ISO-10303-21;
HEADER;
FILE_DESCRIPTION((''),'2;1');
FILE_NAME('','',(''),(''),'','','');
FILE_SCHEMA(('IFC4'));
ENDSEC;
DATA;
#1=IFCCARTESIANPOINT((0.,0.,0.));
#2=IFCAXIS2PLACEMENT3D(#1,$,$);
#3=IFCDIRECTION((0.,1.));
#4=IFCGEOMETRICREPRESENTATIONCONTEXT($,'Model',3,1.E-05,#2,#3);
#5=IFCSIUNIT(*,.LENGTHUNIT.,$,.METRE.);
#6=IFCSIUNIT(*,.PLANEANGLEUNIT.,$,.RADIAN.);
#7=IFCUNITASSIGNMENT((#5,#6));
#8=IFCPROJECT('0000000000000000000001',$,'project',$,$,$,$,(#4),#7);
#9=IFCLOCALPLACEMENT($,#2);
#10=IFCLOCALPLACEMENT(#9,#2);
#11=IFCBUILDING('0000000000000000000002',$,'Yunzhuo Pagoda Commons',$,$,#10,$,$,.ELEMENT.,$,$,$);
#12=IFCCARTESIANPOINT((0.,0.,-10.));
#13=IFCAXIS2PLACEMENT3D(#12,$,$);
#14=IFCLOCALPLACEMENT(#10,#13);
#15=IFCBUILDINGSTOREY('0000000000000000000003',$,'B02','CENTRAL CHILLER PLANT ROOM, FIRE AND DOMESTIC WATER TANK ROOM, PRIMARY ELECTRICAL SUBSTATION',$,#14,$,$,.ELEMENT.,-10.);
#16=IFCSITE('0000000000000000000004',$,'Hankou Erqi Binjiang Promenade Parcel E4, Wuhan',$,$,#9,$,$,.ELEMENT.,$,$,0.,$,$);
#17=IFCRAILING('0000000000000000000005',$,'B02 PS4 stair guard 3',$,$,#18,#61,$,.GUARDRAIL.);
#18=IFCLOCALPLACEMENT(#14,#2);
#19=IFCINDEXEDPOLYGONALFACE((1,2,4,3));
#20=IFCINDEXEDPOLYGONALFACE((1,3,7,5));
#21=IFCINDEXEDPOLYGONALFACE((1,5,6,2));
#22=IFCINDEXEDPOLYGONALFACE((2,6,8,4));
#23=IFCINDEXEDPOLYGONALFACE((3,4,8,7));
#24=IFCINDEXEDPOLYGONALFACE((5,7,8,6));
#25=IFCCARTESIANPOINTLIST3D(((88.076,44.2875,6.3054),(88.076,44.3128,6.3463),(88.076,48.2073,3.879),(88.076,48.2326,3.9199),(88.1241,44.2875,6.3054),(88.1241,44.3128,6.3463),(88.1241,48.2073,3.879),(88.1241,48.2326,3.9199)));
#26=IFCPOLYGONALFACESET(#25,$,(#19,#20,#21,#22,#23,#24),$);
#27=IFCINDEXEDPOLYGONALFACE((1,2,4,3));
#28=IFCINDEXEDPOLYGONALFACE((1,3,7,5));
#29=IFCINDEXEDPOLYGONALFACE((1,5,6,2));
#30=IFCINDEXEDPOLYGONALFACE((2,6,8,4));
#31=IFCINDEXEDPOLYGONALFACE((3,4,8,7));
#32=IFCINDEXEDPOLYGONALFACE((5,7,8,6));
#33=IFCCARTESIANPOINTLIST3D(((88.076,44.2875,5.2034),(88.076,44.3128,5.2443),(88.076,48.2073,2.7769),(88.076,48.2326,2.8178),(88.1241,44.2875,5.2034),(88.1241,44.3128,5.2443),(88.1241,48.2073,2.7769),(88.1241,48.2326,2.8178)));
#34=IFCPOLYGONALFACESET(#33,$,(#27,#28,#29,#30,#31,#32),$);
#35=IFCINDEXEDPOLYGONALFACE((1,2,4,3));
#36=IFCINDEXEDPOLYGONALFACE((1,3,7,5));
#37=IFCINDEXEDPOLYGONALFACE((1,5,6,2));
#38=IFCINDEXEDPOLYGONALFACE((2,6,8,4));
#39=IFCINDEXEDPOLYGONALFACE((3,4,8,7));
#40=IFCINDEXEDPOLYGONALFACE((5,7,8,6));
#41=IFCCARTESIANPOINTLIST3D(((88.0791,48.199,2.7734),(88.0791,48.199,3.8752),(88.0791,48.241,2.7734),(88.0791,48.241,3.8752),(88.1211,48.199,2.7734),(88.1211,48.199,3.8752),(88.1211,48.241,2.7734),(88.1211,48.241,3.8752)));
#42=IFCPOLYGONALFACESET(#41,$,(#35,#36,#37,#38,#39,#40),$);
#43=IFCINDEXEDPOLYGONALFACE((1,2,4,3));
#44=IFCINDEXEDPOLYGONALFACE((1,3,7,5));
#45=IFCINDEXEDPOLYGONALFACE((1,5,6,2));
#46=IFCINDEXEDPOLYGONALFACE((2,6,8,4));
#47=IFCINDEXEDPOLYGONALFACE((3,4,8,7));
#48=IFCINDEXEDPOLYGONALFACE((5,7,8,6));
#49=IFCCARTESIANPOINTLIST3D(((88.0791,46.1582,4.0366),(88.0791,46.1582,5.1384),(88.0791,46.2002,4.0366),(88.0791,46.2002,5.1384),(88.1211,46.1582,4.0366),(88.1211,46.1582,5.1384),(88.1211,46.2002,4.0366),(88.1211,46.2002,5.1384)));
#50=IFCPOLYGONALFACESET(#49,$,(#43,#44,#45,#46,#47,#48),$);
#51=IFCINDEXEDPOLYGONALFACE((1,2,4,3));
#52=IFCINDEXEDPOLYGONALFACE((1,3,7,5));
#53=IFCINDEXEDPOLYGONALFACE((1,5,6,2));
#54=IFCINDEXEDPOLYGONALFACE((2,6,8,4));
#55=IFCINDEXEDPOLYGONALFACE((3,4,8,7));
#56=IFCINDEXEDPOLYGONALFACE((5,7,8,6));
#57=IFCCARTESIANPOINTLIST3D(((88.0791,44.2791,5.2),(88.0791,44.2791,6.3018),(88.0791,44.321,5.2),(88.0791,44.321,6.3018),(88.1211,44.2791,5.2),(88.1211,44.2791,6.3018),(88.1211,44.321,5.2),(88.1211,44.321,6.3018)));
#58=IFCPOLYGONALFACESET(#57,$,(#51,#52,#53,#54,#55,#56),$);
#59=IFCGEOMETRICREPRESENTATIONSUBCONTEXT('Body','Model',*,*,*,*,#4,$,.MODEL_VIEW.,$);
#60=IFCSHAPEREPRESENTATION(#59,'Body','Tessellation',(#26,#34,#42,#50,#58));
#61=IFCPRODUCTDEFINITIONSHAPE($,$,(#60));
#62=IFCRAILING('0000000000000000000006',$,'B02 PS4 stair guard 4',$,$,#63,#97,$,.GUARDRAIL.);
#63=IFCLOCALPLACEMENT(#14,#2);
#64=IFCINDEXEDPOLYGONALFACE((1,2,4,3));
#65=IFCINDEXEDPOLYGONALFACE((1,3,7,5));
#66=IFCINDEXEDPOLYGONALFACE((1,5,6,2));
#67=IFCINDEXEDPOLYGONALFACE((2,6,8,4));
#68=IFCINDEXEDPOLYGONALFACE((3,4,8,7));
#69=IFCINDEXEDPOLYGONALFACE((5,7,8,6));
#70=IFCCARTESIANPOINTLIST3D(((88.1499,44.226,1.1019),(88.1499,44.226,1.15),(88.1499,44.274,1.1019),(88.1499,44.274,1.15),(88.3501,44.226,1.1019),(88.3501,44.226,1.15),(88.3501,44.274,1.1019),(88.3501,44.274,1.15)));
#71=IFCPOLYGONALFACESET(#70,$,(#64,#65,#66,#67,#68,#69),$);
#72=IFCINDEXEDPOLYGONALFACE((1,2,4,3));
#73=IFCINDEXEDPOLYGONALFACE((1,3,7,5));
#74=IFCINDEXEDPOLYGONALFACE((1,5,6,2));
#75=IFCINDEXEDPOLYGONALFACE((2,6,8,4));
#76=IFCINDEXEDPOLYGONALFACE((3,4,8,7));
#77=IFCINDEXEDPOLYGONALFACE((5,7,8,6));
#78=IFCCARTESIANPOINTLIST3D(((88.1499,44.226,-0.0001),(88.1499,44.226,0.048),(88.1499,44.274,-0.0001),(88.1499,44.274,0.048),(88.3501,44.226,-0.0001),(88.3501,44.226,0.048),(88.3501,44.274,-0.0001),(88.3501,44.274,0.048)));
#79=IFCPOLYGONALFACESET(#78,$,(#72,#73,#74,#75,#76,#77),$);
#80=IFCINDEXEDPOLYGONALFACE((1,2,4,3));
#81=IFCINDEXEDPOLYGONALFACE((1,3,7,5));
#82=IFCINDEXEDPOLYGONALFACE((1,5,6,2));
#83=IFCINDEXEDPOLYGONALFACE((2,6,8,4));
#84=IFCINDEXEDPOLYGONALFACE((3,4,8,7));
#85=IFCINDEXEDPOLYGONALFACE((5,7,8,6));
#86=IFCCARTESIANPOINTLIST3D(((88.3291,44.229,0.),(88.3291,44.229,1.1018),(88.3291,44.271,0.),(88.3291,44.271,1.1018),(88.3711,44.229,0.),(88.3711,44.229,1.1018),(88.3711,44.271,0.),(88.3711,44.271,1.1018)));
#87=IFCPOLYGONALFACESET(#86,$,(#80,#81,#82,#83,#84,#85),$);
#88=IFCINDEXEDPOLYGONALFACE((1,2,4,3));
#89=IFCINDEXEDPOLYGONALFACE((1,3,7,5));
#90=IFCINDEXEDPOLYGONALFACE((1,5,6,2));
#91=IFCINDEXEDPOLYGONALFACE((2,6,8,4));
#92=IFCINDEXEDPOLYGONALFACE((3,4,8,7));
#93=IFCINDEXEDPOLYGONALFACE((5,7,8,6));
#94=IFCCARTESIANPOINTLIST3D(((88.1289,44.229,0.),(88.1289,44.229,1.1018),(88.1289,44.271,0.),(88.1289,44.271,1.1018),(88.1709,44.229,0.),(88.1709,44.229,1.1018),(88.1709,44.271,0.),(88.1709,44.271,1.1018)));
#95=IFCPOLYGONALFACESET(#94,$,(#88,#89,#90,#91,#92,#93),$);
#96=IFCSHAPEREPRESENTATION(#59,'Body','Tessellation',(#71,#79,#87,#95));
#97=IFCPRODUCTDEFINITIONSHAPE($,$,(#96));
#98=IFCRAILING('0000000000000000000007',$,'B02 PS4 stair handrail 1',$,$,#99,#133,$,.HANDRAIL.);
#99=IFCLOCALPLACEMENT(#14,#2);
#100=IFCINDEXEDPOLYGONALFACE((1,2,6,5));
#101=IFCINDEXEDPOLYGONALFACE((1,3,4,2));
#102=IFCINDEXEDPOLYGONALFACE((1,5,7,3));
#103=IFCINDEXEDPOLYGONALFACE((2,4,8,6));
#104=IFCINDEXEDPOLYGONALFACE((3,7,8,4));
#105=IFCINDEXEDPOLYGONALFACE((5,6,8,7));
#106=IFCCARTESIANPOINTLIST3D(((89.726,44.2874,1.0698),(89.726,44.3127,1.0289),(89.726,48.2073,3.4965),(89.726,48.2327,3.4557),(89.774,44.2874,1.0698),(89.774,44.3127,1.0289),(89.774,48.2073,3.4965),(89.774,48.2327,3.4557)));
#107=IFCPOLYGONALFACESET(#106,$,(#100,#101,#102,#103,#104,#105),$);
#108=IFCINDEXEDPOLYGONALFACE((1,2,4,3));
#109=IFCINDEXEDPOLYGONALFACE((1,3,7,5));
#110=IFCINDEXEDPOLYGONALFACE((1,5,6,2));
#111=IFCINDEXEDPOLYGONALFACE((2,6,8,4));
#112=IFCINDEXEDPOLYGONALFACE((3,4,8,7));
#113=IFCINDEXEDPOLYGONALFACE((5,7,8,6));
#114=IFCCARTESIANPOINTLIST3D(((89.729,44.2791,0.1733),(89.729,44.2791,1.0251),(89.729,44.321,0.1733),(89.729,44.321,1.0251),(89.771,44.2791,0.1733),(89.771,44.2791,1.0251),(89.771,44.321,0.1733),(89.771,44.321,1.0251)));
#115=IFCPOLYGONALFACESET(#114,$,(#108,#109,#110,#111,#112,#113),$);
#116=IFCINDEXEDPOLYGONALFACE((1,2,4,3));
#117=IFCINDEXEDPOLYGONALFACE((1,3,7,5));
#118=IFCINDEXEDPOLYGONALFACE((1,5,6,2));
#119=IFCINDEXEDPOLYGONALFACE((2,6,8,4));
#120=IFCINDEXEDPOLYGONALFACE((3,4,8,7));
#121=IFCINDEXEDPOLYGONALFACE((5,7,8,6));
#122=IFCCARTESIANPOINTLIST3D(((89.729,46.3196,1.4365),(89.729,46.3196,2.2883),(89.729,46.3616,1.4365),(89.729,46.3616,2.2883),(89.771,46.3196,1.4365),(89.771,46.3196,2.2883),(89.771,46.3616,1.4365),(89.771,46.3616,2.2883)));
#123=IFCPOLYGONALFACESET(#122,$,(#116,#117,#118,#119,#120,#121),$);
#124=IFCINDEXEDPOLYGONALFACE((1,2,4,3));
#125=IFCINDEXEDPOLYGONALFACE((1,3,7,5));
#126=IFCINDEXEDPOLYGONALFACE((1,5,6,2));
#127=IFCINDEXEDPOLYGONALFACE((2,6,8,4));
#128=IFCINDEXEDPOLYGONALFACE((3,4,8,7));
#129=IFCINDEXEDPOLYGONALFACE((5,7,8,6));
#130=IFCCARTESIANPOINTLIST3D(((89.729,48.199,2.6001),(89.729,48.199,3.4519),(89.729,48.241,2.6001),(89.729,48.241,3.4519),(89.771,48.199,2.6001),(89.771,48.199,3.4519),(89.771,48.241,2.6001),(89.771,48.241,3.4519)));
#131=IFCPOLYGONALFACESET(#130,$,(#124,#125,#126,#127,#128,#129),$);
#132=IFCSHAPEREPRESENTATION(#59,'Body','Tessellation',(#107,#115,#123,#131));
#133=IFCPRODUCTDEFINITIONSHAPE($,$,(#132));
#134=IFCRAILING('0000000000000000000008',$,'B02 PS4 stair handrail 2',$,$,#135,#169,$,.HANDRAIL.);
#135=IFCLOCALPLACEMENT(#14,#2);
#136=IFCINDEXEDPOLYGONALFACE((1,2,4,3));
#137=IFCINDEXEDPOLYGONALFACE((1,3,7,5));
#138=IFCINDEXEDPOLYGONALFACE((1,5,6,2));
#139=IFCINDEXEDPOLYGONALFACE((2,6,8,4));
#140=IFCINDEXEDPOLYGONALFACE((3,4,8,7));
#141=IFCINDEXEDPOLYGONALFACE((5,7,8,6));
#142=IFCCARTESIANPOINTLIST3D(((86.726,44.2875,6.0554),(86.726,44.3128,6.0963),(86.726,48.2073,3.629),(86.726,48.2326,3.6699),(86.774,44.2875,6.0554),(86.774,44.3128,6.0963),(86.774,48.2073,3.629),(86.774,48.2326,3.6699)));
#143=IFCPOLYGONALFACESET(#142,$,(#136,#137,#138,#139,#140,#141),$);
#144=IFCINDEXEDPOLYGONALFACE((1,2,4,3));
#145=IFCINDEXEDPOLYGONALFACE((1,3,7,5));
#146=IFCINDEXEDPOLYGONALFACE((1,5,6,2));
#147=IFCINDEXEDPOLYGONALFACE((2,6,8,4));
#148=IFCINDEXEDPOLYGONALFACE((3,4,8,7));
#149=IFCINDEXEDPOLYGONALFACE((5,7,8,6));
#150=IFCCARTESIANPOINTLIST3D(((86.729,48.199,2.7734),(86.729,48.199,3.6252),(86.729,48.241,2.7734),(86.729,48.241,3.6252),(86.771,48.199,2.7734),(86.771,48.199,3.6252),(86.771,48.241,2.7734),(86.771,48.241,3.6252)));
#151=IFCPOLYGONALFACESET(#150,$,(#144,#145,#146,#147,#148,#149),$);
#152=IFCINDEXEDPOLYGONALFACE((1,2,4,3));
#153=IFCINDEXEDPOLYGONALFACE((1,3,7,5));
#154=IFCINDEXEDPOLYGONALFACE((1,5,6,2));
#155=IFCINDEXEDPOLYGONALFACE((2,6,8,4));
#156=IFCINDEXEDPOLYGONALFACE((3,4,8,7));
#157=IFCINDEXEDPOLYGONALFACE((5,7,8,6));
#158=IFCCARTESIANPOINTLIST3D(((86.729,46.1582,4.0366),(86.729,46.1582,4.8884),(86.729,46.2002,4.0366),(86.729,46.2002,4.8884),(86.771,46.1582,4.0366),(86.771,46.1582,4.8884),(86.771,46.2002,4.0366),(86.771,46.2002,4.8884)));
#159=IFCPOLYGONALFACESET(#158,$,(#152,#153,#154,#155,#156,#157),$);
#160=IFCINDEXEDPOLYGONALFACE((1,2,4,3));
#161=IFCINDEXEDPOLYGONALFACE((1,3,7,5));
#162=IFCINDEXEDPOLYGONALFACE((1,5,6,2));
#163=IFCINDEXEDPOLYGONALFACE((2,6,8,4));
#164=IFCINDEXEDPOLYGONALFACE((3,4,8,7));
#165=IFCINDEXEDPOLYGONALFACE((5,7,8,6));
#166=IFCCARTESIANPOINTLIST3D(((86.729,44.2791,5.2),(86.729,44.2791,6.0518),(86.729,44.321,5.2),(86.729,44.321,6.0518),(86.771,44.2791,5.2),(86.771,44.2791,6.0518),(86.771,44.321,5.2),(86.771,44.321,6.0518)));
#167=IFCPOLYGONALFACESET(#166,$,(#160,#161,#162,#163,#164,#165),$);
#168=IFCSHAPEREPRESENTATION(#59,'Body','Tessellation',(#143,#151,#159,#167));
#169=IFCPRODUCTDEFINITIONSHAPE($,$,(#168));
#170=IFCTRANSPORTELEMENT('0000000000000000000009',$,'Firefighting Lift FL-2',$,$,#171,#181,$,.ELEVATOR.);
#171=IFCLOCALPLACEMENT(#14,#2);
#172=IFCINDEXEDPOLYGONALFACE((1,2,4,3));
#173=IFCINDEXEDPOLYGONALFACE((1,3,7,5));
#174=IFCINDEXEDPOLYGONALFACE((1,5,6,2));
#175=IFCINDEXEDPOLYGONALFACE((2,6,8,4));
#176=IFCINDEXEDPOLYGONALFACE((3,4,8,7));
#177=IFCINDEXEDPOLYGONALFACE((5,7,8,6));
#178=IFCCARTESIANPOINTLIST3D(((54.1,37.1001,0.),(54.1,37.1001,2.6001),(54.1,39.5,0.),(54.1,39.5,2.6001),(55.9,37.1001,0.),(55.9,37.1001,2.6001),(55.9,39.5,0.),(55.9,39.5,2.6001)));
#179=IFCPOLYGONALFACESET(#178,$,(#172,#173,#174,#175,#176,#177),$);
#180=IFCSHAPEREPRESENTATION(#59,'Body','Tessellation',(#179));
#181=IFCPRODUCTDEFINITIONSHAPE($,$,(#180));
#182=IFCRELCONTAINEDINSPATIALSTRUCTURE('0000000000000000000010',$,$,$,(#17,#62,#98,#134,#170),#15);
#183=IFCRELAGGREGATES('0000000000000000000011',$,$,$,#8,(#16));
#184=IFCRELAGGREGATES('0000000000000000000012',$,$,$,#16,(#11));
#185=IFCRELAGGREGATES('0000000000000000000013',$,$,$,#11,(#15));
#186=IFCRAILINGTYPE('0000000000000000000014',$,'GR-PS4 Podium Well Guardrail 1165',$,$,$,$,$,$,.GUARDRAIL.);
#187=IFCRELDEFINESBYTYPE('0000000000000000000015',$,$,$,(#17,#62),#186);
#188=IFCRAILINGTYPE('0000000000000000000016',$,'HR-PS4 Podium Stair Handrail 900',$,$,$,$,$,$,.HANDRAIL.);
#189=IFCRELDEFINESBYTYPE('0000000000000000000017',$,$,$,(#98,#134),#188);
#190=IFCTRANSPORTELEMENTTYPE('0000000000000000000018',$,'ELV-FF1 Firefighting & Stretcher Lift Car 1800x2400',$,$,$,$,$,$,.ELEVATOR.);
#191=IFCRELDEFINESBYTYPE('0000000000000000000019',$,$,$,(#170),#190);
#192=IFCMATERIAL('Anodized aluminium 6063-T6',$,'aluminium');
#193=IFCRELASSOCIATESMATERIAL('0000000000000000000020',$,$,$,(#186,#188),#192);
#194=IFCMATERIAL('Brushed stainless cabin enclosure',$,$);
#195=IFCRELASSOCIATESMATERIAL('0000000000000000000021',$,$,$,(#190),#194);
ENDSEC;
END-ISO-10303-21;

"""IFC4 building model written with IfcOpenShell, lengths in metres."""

from ifc_helpers import new_model, si_unit, direction, frame, origin, origin_2d, place, context, subcontext, project, spatial, rectangle, extrude, source, transform, mapped, material, type_object, element, save


model = new_model("IFC4")

# Units and contexts
model_context = context("Model", 3, precision=1e-05, world=origin(), true_north=direction((0.0, 1.0)))
body_context = subcontext(model_context, "Body", "Model", "MODEL_VIEW")
ifc_project = project(units=[si_unit("LENGTHUNIT", "METRE"), si_unit("PLANEANGLEUNIT", "RADIAN")], contexts=[model_context])

# Site, building, storey
site_placement = place(None, origin())
site = spatial("IfcSite", under=ifc_project, at=site_placement, Name="Hankou Erqi Binjiang Promenade Parcel E4, Wuhan", CompositionType="ELEMENT", RefElevation=0.0)
building_placement = place(site_placement, origin())
building = spatial("IfcBuilding", under=site, at=building_placement, Name="Yunzhuo Pagoda Commons", CompositionType="ELEMENT")
storey_placement = place(building_placement, frame((0.0, 0.0, -10.0)))
storey = spatial("IfcBuildingStorey", under=building, at=storey_placement, Name="B02", Description="CENTRAL CHILLER PLANT ROOM, FIRE AND DOMESTIC WATER TANK ROOM, PRIMARY ELECTRICAL SUBSTATION", CompositionType="ELEMENT", Elevation=-10.0)

# Railings
ifc_material_1 = material(Name="Anodized aluminium 6063-T6", Category="aluminium")
railing_type_1 = type_object("IfcRailingType", Name="GR-PS4 Podium Well Guardrail 1165", PredefinedType="GUARDRAIL", material=ifc_material_1)
railing_1_placement = place(storey_placement, frame((88.1001, 48.22, 2.7734)))
element("IfcRailing", 1, at=railing_1_placement, inside=storey, type_object=railing_type_1, Name="B02 PS4 stair guard 3", PredefinedType="GUARDRAIL", context=body_context, shape_type="SweptSolid", body=[
    extrude(rectangle(XDim=0.0481, YDim=0.0481, at=origin_2d()), frame((0.0, 0.0, 1.126), z_axis=(0.0, -0.850275, 0.526338), x_axis=(1.0, 0.0, 0.0)), (0.0, 0.0, 1.0), 4.6101),
    extrude(rectangle(XDim=0.0481, YDim=0.0481, at=origin_2d()), frame((0.0, 0.0, 0.0239), z_axis=(0.0, -0.850275, 0.526338), x_axis=(1.0, 0.0, 0.0)), (0.0, 0.0, 1.0), 4.6101),
    extrude(rectangle(XDim=0.042, YDim=0.042, at=origin_2d()), origin(), (0.0, 0.0, 1.0), 1.1018),
    extrude(rectangle(XDim=0.042, YDim=0.042, at=origin_2d()), frame((0.0, -2.0408, 1.2632)), (0.0, 0.0, 1.0), 1.1018),
    extrude(rectangle(XDim=0.042, YDim=0.042, at=origin_2d()), frame((0.0, -3.9199, 2.4265)), (0.0, 0.0, 1.0), 1.1018),
])
railing_2_placement = place(storey_placement, frame((88.3501, 44.25, 0.0)))
element("IfcRailing", 2, at=railing_2_placement, inside=storey, type_object=railing_type_1, Name="B02 PS4 stair guard 4", PredefinedType="GUARDRAIL", context=body_context, shape_type="SweptSolid", body=[
    extrude(rectangle(XDim=0.0481, YDim=0.0481, at=origin_2d()), frame((0.0, 0.0, 1.126), z_axis=(-1.0, 0.0, 0.0), x_axis=(0.0, -1.0, 0.0)), (0.0, 0.0, 1.0), 0.2002),
    extrude(rectangle(XDim=0.0481, YDim=0.0481, at=origin_2d()), frame((0.0, 0.0, 0.0239), z_axis=(-1.0, 0.0, 0.0), x_axis=(0.0, -1.0, 0.0)), (0.0, 0.0, 1.0), 0.2002),
    extrude(rectangle(XDim=0.042, YDim=0.042, at=origin_2d()), origin(), (0.0, 0.0, 1.0), 1.1018),
    extrude(rectangle(XDim=0.042, YDim=0.042, at=origin_2d()), frame((-0.2002, 0.0, 0.0)), (0.0, 0.0, 1.0), 1.1018),
])
railing_type_2 = type_object("IfcRailingType", Name="HR-PS4 Podium Stair Handrail 900", PredefinedType="HANDRAIL", material=ifc_material_1)
railing_3_placement = place(storey_placement, frame((89.75, 44.3, 0.1733)))
element("IfcRailing", 3, at=railing_3_placement, inside=storey, type_object=railing_type_2, Name="B02 PS4 stair handrail 1", PredefinedType="HANDRAIL", context=body_context, shape_type="SweptSolid", body=[
    extrude(rectangle(XDim=0.0481, YDim=0.0481, at=origin_2d()), frame((0.0, 0.0, 0.876), z_axis=(0.0, 0.850252, 0.526376), x_axis=(-1.0, 0.0, 0.0)), (0.0, 0.0, 1.0), 4.6104),
    extrude(rectangle(XDim=0.042, YDim=0.042, at=origin_2d()), origin(), (0.0, 0.0, 1.0), 0.8518),
    extrude(rectangle(XDim=0.042, YDim=0.042, at=origin_2d()), frame((0.0, 2.0405, 1.2632)), (0.0, 0.0, 1.0), 0.8518),
    extrude(rectangle(XDim=0.042, YDim=0.042, at=origin_2d()), frame((0.0, 3.9199, 2.4268)), (0.0, 0.0, 1.0), 0.8518),
])
railing_4_placement = place(storey_placement, frame((86.75, 48.22, 2.7734)))
element("IfcRailing", 4, at=railing_4_placement, inside=storey, type_object=railing_type_2, Name="B02 PS4 stair handrail 2", PredefinedType="HANDRAIL", context=body_context, shape_type="SweptSolid", body=[
    extrude(rectangle(XDim=0.0481, YDim=0.0481, at=origin_2d()), frame((0.0, 0.0, 0.876), z_axis=(0.0, -0.850275, 0.526338), x_axis=(1.0, 0.0, 0.0)), (0.0, 0.0, 1.0), 4.6101),
    extrude(rectangle(XDim=0.042, YDim=0.042, at=origin_2d()), origin(), (0.0, 0.0, 1.0), 0.8518),
    extrude(rectangle(XDim=0.042, YDim=0.042, at=origin_2d()), frame((0.0, -2.0408, 1.2632)), (0.0, 0.0, 1.0), 0.8518),
    extrude(rectangle(XDim=0.042, YDim=0.042, at=origin_2d()), frame((0.0, -3.9199, 2.4265)), (0.0, 0.0, 1.0), 0.8518),
])

# Transport element
ifc_material_2 = material(Name="Brushed stainless cabin enclosure")
transport_element_type = type_object("IfcTransportElementType", Name="ELV-FF1 Firefighting & Stretcher Lift Car 1800x2400", PredefinedType="ELEVATOR", material=ifc_material_2)
shared_shape_1 = source(origin(), body_context, "Body", "SweptSolid", [
    extrude(rectangle(XDim=1.8, YDim=2.3999, at=origin_2d()), origin(), (0.0, 0.0, 1.0), 2.6001),
])
transport_element_placement = place(storey_placement, frame((55.0, 38.3, 0.0), z_axis=(0.0, 0.0, 1.0), x_axis=(1.0, 0.0, 0.0)))
element("IfcTransportElement", 5, at=transport_element_placement, inside=storey, type_object=transport_element_type, Name="Firefighting Lift FL-2", PredefinedType="ELEVATOR", context=body_context, shape_type="MappedRepresentation", body=[
    mapped(shared_shape_1, transform((0.0, 0.0, 0.0), scale=1.0)),
])

save(model, "model.ifc")
